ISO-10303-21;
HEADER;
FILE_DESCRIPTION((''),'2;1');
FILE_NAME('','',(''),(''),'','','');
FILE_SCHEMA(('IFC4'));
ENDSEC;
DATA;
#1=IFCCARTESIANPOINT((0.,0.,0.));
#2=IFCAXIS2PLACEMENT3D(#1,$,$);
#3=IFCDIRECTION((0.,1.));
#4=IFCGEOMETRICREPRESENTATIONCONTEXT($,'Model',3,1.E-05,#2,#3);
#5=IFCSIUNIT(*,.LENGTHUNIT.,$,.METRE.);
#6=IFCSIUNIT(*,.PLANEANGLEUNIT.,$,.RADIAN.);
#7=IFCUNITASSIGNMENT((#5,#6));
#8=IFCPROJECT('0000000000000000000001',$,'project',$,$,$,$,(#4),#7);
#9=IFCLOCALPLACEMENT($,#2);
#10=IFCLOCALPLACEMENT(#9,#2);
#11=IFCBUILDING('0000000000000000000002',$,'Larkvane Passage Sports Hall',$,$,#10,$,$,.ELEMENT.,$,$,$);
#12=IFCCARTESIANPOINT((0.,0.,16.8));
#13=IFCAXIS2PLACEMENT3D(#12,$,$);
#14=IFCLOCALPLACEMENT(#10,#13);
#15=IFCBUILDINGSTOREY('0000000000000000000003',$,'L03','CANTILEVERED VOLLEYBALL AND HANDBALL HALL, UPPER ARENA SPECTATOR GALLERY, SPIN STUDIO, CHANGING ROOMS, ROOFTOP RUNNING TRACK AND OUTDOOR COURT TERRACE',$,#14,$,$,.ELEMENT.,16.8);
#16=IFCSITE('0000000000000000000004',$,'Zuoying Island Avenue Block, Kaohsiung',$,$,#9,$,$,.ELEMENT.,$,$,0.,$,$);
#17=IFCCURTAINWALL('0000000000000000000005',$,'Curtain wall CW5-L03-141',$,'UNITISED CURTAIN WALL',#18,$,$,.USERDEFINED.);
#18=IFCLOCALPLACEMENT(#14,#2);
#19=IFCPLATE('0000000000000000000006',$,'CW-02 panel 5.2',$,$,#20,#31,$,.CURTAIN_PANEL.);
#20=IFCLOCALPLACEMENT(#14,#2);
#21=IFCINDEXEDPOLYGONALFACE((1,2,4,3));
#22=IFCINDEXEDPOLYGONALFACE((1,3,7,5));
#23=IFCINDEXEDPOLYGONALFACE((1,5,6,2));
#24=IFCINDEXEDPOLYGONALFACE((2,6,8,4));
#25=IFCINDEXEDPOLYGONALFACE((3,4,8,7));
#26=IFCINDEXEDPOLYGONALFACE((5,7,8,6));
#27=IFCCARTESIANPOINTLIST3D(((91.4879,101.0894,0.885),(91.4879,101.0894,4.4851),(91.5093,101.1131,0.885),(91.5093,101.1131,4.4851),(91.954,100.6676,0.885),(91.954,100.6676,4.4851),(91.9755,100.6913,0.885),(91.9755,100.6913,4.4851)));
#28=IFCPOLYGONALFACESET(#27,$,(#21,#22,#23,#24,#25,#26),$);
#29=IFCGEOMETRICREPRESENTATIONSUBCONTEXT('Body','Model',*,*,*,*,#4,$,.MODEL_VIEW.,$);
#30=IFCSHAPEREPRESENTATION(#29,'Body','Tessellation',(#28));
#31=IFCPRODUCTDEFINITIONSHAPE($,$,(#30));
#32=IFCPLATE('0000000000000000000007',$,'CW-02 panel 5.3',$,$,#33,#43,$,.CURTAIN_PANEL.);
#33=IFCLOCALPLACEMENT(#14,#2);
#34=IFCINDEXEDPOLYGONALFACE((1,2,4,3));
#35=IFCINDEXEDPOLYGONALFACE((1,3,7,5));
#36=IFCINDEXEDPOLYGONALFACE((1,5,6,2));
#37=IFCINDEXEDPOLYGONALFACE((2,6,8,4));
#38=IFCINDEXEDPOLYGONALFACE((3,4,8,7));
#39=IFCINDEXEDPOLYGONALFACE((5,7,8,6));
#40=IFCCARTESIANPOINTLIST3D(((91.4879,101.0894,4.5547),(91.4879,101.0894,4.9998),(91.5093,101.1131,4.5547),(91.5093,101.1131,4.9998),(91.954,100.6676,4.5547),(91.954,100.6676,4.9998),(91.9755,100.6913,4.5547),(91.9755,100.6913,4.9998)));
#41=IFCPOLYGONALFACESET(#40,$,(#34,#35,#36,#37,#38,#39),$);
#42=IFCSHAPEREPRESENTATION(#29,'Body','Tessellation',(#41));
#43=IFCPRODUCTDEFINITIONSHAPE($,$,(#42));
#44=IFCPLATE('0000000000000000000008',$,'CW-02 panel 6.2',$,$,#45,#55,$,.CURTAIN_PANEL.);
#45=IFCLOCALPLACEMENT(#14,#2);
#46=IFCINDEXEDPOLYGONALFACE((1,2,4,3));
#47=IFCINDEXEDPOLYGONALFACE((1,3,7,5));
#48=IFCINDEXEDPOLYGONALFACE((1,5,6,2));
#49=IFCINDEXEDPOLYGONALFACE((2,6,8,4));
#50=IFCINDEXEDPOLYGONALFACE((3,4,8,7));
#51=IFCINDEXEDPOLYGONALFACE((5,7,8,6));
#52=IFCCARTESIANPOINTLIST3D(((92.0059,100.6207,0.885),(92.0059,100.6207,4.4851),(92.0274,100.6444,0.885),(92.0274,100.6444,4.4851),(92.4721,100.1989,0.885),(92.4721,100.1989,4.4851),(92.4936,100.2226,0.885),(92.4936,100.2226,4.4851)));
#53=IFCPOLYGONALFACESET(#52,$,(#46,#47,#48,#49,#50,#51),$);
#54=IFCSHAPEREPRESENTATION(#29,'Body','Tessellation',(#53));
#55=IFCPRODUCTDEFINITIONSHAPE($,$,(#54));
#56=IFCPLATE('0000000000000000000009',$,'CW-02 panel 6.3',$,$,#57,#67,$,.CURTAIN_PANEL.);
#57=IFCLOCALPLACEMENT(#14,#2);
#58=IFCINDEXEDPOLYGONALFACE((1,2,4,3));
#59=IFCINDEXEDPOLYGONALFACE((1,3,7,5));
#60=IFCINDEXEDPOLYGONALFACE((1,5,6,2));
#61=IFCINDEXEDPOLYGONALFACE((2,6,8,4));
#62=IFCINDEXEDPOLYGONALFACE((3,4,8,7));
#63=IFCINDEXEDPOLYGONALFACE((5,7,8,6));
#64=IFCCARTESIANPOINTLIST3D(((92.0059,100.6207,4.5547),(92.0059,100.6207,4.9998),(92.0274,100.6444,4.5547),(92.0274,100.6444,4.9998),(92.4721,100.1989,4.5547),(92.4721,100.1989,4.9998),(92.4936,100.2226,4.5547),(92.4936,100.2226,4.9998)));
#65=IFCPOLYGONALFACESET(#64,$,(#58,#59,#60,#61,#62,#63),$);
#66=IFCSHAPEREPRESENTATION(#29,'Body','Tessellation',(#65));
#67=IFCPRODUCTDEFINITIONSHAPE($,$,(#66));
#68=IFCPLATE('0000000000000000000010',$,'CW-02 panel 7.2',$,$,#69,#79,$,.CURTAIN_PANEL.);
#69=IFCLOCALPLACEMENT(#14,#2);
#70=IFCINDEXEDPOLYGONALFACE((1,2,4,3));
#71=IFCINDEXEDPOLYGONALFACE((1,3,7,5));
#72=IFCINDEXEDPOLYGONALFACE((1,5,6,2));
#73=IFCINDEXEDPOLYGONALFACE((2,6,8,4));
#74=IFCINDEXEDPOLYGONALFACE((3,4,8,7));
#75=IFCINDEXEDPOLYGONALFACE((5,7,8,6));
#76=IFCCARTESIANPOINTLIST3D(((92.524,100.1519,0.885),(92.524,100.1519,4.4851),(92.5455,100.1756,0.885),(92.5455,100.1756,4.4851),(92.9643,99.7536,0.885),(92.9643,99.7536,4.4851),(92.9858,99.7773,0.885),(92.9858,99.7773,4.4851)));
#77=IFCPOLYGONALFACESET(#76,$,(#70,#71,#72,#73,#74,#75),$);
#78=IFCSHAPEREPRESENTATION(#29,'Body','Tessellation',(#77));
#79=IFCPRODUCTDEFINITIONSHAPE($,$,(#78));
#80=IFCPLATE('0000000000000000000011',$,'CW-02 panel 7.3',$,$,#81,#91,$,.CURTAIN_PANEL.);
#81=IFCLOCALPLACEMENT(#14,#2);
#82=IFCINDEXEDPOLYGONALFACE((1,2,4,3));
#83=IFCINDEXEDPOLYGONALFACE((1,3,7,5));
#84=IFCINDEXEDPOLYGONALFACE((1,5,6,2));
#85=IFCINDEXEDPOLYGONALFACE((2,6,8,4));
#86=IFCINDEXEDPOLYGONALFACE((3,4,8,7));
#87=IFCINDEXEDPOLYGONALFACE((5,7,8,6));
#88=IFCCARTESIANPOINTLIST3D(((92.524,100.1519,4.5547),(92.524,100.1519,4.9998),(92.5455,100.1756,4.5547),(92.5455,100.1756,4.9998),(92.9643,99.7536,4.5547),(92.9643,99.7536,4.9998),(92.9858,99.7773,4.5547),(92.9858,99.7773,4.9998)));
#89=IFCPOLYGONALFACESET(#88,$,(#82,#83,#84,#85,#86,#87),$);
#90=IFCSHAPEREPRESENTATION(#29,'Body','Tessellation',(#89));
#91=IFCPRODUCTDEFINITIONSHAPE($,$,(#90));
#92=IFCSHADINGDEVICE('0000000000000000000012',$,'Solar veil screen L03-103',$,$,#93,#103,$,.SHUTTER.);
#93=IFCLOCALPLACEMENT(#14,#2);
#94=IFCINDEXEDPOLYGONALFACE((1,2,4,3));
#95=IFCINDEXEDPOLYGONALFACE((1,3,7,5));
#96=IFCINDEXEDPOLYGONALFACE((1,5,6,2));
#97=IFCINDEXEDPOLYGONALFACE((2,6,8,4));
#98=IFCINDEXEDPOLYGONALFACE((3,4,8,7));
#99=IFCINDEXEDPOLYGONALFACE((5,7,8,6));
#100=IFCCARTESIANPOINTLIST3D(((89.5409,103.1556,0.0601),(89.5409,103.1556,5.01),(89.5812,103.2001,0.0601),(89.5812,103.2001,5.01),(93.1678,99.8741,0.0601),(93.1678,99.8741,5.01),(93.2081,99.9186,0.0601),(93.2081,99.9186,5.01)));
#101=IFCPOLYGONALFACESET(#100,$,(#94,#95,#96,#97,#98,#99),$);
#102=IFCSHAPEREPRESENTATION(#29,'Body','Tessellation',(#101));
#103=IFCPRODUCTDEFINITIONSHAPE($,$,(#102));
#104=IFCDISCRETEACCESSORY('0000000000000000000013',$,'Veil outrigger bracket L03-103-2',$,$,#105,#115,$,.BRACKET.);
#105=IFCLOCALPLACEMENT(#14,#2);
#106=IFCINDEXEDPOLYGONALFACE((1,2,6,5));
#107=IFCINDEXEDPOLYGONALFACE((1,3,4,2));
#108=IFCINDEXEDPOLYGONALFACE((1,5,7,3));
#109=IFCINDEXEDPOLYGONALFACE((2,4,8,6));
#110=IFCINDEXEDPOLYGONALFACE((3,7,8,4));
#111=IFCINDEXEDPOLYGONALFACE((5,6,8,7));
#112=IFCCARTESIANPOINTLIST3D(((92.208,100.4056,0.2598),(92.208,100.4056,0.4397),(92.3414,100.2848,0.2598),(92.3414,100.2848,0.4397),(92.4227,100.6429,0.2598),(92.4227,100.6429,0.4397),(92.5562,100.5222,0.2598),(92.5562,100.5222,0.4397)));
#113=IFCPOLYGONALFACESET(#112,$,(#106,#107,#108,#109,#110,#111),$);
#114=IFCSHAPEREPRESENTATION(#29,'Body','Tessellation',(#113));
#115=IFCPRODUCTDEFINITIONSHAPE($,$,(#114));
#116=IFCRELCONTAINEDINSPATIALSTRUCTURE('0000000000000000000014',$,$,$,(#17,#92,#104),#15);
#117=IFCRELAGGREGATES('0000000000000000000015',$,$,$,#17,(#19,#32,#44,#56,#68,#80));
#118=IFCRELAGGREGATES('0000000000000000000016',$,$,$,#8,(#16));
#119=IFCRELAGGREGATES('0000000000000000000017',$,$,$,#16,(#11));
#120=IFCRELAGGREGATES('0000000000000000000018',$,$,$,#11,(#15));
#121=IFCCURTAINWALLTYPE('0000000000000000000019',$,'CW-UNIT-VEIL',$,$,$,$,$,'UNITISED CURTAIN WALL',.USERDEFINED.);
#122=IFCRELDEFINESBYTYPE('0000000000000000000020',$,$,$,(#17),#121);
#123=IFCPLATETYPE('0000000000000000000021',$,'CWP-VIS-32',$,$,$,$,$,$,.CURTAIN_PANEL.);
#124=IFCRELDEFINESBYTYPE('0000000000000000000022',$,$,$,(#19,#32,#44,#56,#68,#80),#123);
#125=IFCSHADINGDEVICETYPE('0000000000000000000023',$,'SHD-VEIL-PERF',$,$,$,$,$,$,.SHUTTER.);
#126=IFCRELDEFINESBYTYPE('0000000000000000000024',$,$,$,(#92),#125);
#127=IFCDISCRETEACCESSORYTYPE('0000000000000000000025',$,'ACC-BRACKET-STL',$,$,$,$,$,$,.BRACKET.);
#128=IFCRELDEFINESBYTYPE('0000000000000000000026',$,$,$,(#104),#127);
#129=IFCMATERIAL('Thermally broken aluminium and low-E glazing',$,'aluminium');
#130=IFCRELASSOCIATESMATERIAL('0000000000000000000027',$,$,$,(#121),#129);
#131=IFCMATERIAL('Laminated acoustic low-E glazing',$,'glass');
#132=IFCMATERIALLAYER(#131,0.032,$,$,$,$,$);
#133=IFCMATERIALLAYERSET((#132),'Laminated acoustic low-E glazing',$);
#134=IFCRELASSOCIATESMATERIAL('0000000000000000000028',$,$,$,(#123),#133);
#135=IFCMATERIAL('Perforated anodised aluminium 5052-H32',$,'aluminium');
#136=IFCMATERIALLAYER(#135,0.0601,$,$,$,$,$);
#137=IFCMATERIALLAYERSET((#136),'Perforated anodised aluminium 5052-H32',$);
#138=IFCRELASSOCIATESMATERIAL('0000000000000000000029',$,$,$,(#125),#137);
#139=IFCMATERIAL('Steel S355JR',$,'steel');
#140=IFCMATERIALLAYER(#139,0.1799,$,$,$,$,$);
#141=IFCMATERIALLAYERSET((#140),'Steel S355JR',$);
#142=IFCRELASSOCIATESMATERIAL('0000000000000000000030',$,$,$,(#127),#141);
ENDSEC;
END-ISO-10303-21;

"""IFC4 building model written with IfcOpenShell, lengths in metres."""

from ifc_helpers import new_model, si_unit, direction, frame, origin, origin_2d, place, context, subcontext, project, spatial, rectangle, extrude, material, layer, layer_set, type_object, element, aggregate, save


model = new_model("IFC4")

# Units and contexts
model_context = context("Model", 3, precision=1e-05, world=origin(), true_north=direction((0.0, 1.0)))
body_context = subcontext(model_context, "Body", "Model", "MODEL_VIEW")
ifc_project = project(units=[si_unit("LENGTHUNIT", "METRE"), si_unit("PLANEANGLEUNIT", "RADIAN")], contexts=[model_context])

# Site, building, storey
site_placement = place(None, origin())
site = spatial("IfcSite", under=ifc_project, at=site_placement, Name="Zuoying Island Avenue Block, Kaohsiung", CompositionType="ELEMENT", RefElevation=0.0)
building_placement = place(site_placement, origin())
building = spatial("IfcBuilding", under=site, at=building_placement, Name="Larkvane Passage Sports Hall", CompositionType="ELEMENT")
storey_placement = place(building_placement, frame((0.0, 0.0, 16.8)))
storey = spatial("IfcBuildingStorey", under=building, at=storey_placement, Name="L03", Description="CANTILEVERED VOLLEYBALL AND HANDBALL HALL, UPPER ARENA SPECTATOR GALLERY, SPIN STUDIO, CHANGING ROOMS, ROOFTOP RUNNING TRACK AND OUTDOOR COURT TERRACE", CompositionType="ELEMENT", Elevation=16.8)

# Curtain wall, plates
ifc_material_1 = material(Name="Thermally broken aluminium and low-E glazing", Category="aluminium")
curtain_wall_type = type_object("IfcCurtainWallType", Name="CW-UNIT-VEIL", ElementType="UNITISED CURTAIN WALL", PredefinedType="USERDEFINED", material=ifc_material_1)
curtain_wall_placement = place(storey_placement, origin())
curtain_wall = element("IfcCurtainWall", 1, at=curtain_wall_placement, inside=storey, type_object=curtain_wall_type, Name="Curtain wall CW5-L03-141", ObjectType="UNITISED CURTAIN WALL", PredefinedType="USERDEFINED")
ifc_material_2 = material(Name="Laminated acoustic low-E glazing", Category="glass")
ifc_layer_1 = layer(ifc_material_2, 0.032)
ifc_layer_set_1 = layer_set([ifc_layer_1], Name="Laminated acoustic low-E glazing")
plate_type_1 = type_object("IfcPlateType", Name="CWP-VIS-32", PredefinedType="CURTAIN_PANEL", material=ifc_layer_set_1)
plate_1_placement = place(storey_placement, frame((91.7317, 100.8904, 0.885), z_axis=(0.0, 0.0, 1.0), x_axis=(0.741534, -0.670915, 0.0)))
plate_1 = element("IfcPlate", 2, at=plate_1_placement, type_object=plate_type_1, Name="CW-02 panel 5.2", PredefinedType="CURTAIN_PANEL", context=body_context, shape_type="SweptSolid", body=[
    extrude(rectangle(XDim=0.6287, YDim=0.032, at=origin_2d()), origin(), (0.0, 0.0, 1.0), 3.6001),
])
plate_2_placement = place(storey_placement, frame((91.7317, 100.8904, 4.5547), z_axis=(0.0, 0.0, 1.0), x_axis=(0.741534, -0.670915, 0.0)))
plate_2 = element("IfcPlate", 3, at=plate_2_placement, type_object=plate_type_1, Name="CW-02 panel 5.3", PredefinedType="CURTAIN_PANEL", context=body_context, shape_type="SweptSolid", body=[
    extrude(rectangle(XDim=0.6287, YDim=0.032, at=origin_2d()), origin(), (0.0, 0.0, 1.0), 0.4451),
])
plate_3_placement = place(storey_placement, frame((92.2498, 100.4216, 0.885), z_axis=(0.0, 0.0, 1.0), x_axis=(0.741534, -0.670915, 0.0)))
plate_3 = element("IfcPlate", 4, at=plate_3_placement, type_object=plate_type_1, Name="CW-02 panel 6.2", PredefinedType="CURTAIN_PANEL", context=body_context, shape_type="SweptSolid", body=[
    extrude(rectangle(XDim=0.6287, YDim=0.032, at=origin_2d()), origin(), (0.0, 0.0, 1.0), 3.6001),
])
plate_4_placement = place(storey_placement, frame((92.2498, 100.4216, 4.5547), z_axis=(0.0, 0.0, 1.0), x_axis=(0.741534, -0.670915, 0.0)))
plate_4 = element("IfcPlate", 5, at=plate_4_placement, type_object=plate_type_1, Name="CW-02 panel 6.3", PredefinedType="CURTAIN_PANEL", context=body_context, shape_type="SweptSolid", body=[
    extrude(rectangle(XDim=0.6287, YDim=0.032, at=origin_2d()), origin(), (0.0, 0.0, 1.0), 0.4451),
])
plate_5_placement = place(storey_placement, frame((92.7549, 99.9646, 0.885), z_axis=(0.0, 0.0, 1.0), x_axis=(0.741534, -0.670915, 0.0)))
plate_5 = element("IfcPlate", 6, at=plate_5_placement, type_object=plate_type_1, Name="CW-02 panel 7.2", PredefinedType="CURTAIN_PANEL", context=body_context, shape_type="SweptSolid", body=[
    extrude(rectangle(XDim=0.5938, YDim=0.032, at=origin_2d()), origin(), (0.0, 0.0, 1.0), 3.6001),
])
plate_6_placement = place(storey_placement, frame((92.7549, 99.9646, 4.5547), z_axis=(0.0, 0.0, 1.0), x_axis=(0.741534, -0.670915, 0.0)))
plate_6 = element("IfcPlate", 7, at=plate_6_placement, type_object=plate_type_1, Name="CW-02 panel 7.3", PredefinedType="CURTAIN_PANEL", context=body_context, shape_type="SweptSolid", body=[
    extrude(rectangle(XDim=0.5938, YDim=0.032, at=origin_2d()), origin(), (0.0, 0.0, 1.0), 0.4451),
])
aggregate(curtain_wall, [plate_1, plate_2, plate_3, plate_4, plate_5, plate_6])

# Shading device
ifc_material_3 = material(Name="Perforated anodised aluminium 5052-H32", Category="aluminium")
ifc_layer_2 = layer(ifc_material_3, 0.0601)
ifc_layer_set_2 = layer_set([ifc_layer_2], Name="Perforated anodised aluminium 5052-H32")
shading_device_type = type_object("IfcShadingDeviceType", Name="SHD-VEIL-PERF", PredefinedType="SHUTTER", material=ifc_layer_set_2)
shading_device_placement = place(storey_placement, frame((91.3745, 101.5371, 0.0601), z_axis=(0.0, 0.0, 1.0), x_axis=(0.741536, -0.670913, 0.0)))
element("IfcShadingDevice", 8, at=shading_device_placement, inside=storey, type_object=shading_device_type, Name="Solar veil screen L03-103", PredefinedType="SHUTTER", context=body_context, shape_type="SweptSolid", body=[
    extrude(rectangle(XDim=4.8911, YDim=0.0601, at=origin_2d()), origin(), (0.0, 0.0, 1.0), 4.95),
])

# Discrete accessory
ifc_material_4 = material(Name="Steel S355JR", Category="steel")
ifc_layer_3 = layer(ifc_material_4, 0.1799)
ifc_layer_set_3 = layer_set([ifc_layer_3], Name="Steel S355JR")
discrete_accessory_type = type_object("IfcDiscreteAccessoryType", Name="ACC-BRACKET-STL", PredefinedType="BRACKET", material=ifc_layer_set_3)
discrete_accessory_placement = place(storey_placement, frame((92.3821, 100.4639, 0.2598), z_axis=(0.0, 0.0, 1.0), x_axis=(0.741536, -0.670913, 0.0)))
element("IfcDiscreteAccessory", 9, at=discrete_accessory_placement, inside=storey, type_object=discrete_accessory_type, Name="Veil outrigger bracket L03-103-2", PredefinedType="BRACKET", context=body_context, shape_type="SweptSolid", body=[
    extrude(rectangle(XDim=0.1799, YDim=0.3201, at=origin_2d()), origin(), (0.0, 0.0, 1.0), 0.1799),
])

save(model, "model.ifc")
